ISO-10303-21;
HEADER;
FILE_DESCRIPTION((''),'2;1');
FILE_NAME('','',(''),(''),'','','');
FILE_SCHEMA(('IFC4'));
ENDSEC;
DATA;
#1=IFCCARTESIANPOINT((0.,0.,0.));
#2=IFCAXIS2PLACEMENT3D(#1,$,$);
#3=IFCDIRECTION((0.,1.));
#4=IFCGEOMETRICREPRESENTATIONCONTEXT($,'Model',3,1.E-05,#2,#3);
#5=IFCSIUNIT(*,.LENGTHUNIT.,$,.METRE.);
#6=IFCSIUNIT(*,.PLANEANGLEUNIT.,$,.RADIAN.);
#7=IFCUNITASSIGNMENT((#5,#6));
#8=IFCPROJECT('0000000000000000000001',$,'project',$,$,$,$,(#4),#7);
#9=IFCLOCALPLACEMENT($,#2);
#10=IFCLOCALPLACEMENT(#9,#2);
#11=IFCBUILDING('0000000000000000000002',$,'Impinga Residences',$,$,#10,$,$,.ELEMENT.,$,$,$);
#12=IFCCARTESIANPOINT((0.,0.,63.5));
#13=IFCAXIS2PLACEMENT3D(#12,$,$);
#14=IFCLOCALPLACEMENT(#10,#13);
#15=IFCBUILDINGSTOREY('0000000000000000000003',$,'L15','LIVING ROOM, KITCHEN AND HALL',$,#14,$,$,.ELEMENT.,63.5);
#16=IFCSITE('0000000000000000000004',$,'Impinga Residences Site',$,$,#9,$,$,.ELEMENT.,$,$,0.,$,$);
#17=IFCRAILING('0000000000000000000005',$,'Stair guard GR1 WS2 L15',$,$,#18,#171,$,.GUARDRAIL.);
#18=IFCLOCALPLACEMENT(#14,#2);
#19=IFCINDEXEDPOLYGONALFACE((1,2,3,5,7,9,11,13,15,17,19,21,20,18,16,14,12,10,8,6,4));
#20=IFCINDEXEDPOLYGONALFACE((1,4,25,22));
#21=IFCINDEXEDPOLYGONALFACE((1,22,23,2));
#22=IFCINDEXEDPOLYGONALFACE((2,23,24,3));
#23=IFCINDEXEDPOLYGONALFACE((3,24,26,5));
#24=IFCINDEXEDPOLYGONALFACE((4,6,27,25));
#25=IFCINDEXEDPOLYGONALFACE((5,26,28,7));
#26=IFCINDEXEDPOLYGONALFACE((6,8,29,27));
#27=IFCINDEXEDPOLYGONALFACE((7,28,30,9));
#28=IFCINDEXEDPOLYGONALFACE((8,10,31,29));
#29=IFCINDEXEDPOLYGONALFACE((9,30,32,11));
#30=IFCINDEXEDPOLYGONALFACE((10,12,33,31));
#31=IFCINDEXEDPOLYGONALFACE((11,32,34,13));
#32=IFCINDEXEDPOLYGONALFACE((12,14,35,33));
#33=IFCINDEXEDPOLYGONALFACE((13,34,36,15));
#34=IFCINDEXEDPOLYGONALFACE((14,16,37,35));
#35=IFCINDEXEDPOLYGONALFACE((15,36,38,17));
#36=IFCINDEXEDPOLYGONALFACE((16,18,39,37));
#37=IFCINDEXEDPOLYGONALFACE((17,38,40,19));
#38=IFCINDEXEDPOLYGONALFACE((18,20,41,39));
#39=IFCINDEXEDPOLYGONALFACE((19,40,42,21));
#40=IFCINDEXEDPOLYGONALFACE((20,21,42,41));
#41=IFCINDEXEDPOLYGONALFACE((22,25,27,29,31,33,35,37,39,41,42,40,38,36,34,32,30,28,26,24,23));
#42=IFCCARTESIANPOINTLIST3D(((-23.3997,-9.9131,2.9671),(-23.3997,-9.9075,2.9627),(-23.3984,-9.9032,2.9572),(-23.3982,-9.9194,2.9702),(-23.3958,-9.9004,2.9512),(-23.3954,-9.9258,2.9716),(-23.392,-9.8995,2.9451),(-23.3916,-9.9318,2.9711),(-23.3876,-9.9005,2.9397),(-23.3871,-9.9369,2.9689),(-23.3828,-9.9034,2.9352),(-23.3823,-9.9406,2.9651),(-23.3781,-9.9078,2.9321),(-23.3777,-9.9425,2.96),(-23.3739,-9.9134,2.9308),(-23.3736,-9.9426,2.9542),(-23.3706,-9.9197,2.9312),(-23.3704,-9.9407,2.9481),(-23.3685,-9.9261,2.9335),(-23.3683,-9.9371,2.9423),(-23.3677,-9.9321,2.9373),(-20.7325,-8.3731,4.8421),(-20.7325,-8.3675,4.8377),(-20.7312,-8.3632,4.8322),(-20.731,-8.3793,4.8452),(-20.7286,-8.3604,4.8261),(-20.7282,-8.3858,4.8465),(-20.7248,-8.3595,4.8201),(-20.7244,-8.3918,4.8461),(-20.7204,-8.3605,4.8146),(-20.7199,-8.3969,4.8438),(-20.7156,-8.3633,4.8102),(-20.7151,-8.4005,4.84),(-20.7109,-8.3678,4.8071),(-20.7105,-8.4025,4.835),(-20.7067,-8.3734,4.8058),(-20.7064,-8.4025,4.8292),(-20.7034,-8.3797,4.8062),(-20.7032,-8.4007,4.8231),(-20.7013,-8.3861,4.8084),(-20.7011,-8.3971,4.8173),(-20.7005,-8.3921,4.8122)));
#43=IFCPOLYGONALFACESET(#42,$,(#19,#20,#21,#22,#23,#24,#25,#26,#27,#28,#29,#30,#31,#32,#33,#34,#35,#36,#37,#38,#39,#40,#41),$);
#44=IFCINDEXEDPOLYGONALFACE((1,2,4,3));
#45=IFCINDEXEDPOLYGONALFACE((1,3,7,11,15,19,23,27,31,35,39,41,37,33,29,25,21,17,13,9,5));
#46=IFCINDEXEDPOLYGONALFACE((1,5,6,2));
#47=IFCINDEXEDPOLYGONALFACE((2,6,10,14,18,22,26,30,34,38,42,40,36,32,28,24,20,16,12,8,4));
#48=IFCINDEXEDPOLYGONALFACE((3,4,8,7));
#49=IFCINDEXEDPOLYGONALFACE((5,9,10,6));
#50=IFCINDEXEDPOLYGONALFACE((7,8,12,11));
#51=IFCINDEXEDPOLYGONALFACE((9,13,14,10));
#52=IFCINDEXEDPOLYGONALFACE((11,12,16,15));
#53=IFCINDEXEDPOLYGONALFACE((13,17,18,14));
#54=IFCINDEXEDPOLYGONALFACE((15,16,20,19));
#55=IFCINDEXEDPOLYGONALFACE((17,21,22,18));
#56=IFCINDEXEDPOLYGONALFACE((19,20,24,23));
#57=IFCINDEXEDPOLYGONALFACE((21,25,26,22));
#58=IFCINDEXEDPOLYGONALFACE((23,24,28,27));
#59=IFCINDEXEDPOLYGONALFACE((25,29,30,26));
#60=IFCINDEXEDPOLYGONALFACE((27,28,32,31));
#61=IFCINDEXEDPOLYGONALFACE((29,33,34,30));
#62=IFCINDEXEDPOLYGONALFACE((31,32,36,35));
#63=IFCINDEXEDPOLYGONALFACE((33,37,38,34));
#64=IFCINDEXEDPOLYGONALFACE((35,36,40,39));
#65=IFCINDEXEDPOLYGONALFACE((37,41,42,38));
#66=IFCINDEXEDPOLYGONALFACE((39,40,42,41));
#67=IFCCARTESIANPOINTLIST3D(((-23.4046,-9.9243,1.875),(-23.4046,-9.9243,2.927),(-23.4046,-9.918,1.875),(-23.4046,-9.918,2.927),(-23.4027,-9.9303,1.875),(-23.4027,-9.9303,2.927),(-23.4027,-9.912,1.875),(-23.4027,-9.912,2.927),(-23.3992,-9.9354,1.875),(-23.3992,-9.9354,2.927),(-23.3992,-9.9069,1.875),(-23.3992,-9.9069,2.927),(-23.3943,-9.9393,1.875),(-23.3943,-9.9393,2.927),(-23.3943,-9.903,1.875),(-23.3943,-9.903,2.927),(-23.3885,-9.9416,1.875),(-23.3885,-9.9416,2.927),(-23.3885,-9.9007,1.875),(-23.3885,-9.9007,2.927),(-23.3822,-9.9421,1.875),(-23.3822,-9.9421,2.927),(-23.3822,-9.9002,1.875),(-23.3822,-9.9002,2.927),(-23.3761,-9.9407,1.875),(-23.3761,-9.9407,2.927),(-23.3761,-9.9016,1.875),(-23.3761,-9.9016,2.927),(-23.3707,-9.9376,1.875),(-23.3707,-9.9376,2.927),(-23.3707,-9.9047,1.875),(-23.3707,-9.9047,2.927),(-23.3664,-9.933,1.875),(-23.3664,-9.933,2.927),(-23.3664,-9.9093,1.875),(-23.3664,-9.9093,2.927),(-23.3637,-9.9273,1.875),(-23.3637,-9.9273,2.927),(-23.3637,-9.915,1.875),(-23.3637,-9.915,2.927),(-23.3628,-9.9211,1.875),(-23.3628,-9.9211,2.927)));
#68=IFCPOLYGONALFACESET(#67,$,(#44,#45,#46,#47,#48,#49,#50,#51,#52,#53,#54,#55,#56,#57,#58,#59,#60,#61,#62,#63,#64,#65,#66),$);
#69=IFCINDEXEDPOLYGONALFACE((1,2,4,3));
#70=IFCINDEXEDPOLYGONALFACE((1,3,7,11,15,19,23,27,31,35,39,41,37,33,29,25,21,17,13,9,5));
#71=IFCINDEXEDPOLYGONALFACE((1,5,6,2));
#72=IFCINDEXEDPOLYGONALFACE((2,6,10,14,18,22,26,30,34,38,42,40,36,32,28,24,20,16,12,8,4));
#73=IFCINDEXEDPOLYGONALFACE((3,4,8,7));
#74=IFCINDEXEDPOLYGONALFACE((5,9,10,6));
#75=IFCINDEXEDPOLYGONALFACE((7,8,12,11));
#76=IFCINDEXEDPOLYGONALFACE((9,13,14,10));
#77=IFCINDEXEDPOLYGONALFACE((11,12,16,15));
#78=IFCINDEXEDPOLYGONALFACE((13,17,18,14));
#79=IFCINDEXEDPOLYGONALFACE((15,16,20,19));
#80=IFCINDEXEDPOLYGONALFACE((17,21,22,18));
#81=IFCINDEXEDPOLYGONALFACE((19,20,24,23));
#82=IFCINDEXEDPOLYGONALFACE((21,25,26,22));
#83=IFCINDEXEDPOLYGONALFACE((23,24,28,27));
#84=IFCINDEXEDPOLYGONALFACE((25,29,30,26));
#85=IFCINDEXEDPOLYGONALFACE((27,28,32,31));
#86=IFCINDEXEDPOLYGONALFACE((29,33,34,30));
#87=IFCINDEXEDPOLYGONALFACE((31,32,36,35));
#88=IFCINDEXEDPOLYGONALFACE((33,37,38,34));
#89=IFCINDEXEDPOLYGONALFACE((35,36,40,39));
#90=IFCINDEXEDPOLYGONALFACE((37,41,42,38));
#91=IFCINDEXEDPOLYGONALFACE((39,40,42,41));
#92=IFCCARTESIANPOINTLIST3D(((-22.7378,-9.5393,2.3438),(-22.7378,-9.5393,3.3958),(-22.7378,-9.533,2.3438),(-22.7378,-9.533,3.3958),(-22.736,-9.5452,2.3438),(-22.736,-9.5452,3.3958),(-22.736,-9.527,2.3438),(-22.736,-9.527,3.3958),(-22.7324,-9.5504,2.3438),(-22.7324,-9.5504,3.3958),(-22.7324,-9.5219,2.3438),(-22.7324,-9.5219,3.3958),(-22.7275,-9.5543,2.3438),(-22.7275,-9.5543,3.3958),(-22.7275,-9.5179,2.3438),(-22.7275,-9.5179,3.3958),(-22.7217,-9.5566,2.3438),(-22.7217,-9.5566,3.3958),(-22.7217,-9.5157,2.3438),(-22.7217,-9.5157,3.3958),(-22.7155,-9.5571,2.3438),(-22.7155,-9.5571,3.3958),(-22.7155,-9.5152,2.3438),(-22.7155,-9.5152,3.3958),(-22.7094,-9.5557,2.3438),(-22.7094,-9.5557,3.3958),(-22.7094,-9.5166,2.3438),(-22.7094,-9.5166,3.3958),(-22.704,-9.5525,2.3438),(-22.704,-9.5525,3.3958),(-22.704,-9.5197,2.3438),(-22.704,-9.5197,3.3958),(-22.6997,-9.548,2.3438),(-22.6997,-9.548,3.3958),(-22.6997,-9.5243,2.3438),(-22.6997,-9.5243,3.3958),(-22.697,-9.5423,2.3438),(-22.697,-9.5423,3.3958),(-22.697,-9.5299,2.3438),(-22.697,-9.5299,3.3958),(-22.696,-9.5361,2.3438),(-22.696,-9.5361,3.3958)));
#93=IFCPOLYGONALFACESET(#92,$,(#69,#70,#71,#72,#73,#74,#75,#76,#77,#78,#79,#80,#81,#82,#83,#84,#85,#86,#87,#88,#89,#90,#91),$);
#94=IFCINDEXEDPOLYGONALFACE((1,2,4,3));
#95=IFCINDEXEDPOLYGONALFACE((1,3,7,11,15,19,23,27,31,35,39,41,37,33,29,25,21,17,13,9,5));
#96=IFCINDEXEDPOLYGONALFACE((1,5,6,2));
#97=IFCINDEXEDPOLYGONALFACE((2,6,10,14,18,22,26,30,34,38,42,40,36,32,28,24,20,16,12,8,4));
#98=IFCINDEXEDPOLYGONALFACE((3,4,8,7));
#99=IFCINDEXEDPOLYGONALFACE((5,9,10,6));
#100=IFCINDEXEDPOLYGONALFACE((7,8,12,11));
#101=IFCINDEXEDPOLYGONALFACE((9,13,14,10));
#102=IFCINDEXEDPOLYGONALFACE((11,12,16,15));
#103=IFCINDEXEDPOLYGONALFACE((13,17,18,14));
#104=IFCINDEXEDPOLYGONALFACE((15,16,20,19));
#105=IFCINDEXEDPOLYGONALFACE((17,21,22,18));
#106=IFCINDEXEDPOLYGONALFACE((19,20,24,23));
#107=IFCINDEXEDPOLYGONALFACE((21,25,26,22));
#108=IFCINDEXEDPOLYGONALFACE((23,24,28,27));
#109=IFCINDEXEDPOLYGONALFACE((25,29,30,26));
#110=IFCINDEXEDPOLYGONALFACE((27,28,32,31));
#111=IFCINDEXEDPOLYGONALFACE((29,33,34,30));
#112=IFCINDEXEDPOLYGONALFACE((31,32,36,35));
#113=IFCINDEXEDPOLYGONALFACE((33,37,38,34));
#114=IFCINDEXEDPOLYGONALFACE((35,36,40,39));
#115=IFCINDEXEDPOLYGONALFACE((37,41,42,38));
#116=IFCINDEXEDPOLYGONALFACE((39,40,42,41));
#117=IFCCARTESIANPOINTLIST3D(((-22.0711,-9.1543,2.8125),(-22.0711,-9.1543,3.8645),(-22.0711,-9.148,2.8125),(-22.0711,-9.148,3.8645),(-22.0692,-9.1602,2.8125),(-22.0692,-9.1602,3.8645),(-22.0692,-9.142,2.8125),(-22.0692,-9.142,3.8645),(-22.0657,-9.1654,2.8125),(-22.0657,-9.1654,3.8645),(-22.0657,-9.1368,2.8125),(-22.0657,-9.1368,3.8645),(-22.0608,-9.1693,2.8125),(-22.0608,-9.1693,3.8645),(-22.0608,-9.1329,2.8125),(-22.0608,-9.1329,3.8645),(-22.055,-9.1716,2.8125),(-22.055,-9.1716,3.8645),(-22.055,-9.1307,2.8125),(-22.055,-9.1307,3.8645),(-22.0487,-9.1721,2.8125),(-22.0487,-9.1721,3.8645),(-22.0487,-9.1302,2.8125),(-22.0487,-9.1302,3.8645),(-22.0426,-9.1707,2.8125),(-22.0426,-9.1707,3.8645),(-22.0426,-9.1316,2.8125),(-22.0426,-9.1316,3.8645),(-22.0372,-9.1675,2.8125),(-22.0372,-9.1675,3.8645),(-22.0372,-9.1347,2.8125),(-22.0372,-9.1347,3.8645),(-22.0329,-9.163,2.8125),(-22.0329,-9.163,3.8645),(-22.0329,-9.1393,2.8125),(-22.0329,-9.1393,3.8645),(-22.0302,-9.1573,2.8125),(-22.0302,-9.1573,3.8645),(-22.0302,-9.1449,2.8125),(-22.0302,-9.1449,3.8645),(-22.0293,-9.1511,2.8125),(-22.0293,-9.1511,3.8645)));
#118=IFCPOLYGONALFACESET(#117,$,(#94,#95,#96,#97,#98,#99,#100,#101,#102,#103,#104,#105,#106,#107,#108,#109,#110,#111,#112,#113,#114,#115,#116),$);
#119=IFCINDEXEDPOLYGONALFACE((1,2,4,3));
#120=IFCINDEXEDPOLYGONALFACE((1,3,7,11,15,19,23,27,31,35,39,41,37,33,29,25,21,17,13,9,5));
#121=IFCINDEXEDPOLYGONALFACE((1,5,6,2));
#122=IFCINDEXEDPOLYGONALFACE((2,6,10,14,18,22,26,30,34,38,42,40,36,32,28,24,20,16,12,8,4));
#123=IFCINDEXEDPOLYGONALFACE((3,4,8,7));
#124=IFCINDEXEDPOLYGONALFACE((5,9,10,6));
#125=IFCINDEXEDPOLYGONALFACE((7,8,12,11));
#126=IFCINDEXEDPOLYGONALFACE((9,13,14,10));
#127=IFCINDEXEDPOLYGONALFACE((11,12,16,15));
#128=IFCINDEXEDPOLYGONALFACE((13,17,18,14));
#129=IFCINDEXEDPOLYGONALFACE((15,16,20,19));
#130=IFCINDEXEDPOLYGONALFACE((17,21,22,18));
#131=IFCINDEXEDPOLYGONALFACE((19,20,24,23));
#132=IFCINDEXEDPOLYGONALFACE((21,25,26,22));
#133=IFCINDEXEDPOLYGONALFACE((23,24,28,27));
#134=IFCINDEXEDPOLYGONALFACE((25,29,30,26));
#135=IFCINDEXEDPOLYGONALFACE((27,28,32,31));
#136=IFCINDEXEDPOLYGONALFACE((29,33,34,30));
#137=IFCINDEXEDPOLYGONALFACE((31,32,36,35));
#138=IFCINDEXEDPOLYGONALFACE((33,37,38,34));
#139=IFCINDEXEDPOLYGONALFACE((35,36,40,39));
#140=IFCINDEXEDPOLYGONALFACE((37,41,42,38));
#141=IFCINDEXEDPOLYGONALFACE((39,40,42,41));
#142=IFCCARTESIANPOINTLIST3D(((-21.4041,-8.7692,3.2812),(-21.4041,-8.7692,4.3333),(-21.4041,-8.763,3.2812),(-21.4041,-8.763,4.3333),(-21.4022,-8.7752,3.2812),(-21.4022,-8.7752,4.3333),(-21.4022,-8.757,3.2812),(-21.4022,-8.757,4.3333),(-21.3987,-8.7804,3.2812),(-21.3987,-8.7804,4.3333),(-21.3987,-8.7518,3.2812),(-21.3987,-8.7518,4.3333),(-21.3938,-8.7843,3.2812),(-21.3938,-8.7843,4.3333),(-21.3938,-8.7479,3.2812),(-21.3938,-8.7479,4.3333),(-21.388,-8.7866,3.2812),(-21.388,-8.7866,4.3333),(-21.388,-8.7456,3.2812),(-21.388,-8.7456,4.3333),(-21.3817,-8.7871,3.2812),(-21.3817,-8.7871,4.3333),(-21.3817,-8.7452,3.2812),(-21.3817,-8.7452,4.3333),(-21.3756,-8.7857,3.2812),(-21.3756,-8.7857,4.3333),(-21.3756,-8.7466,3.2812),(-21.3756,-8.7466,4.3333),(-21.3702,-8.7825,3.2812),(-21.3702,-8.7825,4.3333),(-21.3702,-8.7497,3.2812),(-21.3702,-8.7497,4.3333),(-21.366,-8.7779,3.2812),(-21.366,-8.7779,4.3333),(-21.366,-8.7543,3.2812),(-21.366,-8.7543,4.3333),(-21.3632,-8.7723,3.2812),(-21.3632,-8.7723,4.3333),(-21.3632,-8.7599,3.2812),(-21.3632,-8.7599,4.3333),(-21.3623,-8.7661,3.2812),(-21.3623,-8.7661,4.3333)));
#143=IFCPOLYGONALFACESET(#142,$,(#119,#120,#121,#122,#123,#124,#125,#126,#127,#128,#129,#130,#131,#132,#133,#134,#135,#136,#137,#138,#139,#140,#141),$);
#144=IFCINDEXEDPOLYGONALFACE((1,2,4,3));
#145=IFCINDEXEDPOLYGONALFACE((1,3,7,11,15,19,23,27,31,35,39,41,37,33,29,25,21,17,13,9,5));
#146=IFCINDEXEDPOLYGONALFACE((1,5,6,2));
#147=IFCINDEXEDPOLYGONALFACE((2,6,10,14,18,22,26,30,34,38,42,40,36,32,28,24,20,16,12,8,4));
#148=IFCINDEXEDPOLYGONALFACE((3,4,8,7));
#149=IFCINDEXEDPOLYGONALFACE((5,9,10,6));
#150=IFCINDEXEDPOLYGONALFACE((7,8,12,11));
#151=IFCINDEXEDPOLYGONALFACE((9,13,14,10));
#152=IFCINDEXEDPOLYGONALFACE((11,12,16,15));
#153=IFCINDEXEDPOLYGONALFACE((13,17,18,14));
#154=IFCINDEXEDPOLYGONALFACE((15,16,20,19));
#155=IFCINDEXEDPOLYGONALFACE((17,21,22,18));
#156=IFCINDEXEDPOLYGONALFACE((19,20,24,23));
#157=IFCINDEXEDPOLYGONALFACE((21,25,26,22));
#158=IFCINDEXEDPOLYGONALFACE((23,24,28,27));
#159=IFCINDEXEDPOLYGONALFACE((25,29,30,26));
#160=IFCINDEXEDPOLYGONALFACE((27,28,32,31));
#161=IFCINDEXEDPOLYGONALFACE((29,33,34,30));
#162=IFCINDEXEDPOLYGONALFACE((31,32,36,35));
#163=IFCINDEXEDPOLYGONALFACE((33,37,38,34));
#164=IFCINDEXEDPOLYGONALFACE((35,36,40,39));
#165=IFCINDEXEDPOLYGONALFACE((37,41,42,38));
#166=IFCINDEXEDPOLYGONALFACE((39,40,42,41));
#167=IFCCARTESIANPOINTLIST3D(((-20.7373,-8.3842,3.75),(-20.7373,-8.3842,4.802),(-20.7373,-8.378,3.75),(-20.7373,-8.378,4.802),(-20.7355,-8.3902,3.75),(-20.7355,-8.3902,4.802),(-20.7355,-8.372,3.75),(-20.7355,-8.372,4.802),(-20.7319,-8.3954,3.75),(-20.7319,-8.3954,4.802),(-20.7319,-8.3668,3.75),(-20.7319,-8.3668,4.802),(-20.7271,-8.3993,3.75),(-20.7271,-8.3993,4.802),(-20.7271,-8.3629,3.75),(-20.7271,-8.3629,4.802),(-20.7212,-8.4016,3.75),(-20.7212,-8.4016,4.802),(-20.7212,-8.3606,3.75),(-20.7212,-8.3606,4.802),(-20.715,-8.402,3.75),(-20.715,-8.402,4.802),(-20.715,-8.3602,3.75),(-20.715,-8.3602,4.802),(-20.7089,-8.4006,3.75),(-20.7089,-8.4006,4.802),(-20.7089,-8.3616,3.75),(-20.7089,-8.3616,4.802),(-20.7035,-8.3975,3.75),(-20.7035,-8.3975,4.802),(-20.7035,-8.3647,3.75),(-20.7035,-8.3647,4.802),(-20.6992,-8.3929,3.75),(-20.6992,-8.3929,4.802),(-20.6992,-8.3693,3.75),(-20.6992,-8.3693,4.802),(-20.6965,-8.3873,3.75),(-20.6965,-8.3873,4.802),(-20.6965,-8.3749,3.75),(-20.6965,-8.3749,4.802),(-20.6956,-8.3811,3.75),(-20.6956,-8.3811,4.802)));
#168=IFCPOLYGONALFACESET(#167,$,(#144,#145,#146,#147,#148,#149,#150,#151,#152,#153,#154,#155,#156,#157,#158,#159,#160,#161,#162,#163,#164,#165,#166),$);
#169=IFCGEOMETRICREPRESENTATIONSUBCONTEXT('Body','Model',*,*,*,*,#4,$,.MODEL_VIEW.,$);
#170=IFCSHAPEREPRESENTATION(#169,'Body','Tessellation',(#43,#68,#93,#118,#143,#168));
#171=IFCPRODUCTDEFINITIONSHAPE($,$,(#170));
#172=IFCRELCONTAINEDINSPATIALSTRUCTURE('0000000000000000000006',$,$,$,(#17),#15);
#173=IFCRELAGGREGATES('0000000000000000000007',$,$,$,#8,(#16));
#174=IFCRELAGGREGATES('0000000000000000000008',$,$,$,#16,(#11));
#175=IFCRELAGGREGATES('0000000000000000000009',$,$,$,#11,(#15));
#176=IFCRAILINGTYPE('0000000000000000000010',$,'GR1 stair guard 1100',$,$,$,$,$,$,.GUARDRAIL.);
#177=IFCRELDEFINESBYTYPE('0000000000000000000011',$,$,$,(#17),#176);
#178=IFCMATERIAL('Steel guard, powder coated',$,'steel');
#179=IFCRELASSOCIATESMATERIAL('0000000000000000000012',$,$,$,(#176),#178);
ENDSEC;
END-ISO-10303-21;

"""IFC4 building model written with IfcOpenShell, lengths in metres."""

from ifc_helpers import new_model, si_unit, direction, frame, origin, origin_2d, place, context, subcontext, project, spatial, circle, extrude, material, type_object, element, save


model = new_model("IFC4")

# Units and contexts
model_context = context("Model", 3, precision=1e-05, world=origin(), true_north=direction((0.0, 1.0)))
body_context = subcontext(model_context, "Body", "Model", "MODEL_VIEW")
ifc_project = project(units=[si_unit("LENGTHUNIT", "METRE"), si_unit("PLANEANGLEUNIT", "RADIAN")], contexts=[model_context])

# Site, building, storey
site_placement = place(None, origin())
site = spatial("IfcSite", under=ifc_project, at=site_placement, Name="Impinga Residences Site", CompositionType="ELEMENT", RefElevation=0.0)
building_placement = place(site_placement, origin())
building = spatial("IfcBuilding", under=site, at=building_placement, Name="Impinga Residences", CompositionType="ELEMENT")
storey_placement = place(building_placement, frame((0.0, 0.0, 63.5)))
storey = spatial("IfcBuildingStorey", under=building, at=storey_placement, Name="L15", Description="LIVING ROOM, KITCHEN AND HALL", CompositionType="ELEMENT", Elevation=63.5)

# Railing
ifc_material_1 = material(Name="Steel guard, powder coated", Category="steel")
railing_type_1 = type_object("IfcRailingType", Name="GR1 stair guard 1100", PredefinedType="GUARDRAIL", material=ifc_material_1)
railing_1_placement = place(storey_placement, frame((-23.3838, -9.9211, 1.875)))
element("IfcRailing", 1, at=railing_1_placement, inside=storey, type_object=railing_type_1, Name="Stair guard GR1 WS2 L15", PredefinedType="GUARDRAIL", context=body_context, shape_type="SweptSolid", body=[
    extrude(circle(Radius=0.0239, at=origin_2d()), frame((0.0, 0.0, 1.0762), z_axis=(0.739716, 0.427105, 0.520002), x_axis=(-0.500027, 0.86601, 0.0)), (0.0, 0.0, 1.0), 3.6057),
    extrude(circle(Radius=0.021, at=origin_2d()), origin(), (0.0, 0.0, 1.0), 1.052),
    extrude(circle(Radius=0.021, at=origin_2d()), frame((0.6667, 0.385, 0.4688)), (0.0, 0.0, 1.0), 1.052),
    extrude(circle(Radius=0.021, at=origin_2d()), frame((1.3335, 0.77, 0.9375)), (0.0, 0.0, 1.0), 1.052),
    extrude(circle(Radius=0.021, at=origin_2d()), frame((2.0005, 1.155, 1.4062)), (0.0, 0.0, 1.0), 1.052),
    extrude(circle(Radius=0.021, at=origin_2d()), frame((2.6672, 1.54, 1.875)), (0.0, 0.0, 1.0), 1.052),
])

save(model, "model.ifc")
